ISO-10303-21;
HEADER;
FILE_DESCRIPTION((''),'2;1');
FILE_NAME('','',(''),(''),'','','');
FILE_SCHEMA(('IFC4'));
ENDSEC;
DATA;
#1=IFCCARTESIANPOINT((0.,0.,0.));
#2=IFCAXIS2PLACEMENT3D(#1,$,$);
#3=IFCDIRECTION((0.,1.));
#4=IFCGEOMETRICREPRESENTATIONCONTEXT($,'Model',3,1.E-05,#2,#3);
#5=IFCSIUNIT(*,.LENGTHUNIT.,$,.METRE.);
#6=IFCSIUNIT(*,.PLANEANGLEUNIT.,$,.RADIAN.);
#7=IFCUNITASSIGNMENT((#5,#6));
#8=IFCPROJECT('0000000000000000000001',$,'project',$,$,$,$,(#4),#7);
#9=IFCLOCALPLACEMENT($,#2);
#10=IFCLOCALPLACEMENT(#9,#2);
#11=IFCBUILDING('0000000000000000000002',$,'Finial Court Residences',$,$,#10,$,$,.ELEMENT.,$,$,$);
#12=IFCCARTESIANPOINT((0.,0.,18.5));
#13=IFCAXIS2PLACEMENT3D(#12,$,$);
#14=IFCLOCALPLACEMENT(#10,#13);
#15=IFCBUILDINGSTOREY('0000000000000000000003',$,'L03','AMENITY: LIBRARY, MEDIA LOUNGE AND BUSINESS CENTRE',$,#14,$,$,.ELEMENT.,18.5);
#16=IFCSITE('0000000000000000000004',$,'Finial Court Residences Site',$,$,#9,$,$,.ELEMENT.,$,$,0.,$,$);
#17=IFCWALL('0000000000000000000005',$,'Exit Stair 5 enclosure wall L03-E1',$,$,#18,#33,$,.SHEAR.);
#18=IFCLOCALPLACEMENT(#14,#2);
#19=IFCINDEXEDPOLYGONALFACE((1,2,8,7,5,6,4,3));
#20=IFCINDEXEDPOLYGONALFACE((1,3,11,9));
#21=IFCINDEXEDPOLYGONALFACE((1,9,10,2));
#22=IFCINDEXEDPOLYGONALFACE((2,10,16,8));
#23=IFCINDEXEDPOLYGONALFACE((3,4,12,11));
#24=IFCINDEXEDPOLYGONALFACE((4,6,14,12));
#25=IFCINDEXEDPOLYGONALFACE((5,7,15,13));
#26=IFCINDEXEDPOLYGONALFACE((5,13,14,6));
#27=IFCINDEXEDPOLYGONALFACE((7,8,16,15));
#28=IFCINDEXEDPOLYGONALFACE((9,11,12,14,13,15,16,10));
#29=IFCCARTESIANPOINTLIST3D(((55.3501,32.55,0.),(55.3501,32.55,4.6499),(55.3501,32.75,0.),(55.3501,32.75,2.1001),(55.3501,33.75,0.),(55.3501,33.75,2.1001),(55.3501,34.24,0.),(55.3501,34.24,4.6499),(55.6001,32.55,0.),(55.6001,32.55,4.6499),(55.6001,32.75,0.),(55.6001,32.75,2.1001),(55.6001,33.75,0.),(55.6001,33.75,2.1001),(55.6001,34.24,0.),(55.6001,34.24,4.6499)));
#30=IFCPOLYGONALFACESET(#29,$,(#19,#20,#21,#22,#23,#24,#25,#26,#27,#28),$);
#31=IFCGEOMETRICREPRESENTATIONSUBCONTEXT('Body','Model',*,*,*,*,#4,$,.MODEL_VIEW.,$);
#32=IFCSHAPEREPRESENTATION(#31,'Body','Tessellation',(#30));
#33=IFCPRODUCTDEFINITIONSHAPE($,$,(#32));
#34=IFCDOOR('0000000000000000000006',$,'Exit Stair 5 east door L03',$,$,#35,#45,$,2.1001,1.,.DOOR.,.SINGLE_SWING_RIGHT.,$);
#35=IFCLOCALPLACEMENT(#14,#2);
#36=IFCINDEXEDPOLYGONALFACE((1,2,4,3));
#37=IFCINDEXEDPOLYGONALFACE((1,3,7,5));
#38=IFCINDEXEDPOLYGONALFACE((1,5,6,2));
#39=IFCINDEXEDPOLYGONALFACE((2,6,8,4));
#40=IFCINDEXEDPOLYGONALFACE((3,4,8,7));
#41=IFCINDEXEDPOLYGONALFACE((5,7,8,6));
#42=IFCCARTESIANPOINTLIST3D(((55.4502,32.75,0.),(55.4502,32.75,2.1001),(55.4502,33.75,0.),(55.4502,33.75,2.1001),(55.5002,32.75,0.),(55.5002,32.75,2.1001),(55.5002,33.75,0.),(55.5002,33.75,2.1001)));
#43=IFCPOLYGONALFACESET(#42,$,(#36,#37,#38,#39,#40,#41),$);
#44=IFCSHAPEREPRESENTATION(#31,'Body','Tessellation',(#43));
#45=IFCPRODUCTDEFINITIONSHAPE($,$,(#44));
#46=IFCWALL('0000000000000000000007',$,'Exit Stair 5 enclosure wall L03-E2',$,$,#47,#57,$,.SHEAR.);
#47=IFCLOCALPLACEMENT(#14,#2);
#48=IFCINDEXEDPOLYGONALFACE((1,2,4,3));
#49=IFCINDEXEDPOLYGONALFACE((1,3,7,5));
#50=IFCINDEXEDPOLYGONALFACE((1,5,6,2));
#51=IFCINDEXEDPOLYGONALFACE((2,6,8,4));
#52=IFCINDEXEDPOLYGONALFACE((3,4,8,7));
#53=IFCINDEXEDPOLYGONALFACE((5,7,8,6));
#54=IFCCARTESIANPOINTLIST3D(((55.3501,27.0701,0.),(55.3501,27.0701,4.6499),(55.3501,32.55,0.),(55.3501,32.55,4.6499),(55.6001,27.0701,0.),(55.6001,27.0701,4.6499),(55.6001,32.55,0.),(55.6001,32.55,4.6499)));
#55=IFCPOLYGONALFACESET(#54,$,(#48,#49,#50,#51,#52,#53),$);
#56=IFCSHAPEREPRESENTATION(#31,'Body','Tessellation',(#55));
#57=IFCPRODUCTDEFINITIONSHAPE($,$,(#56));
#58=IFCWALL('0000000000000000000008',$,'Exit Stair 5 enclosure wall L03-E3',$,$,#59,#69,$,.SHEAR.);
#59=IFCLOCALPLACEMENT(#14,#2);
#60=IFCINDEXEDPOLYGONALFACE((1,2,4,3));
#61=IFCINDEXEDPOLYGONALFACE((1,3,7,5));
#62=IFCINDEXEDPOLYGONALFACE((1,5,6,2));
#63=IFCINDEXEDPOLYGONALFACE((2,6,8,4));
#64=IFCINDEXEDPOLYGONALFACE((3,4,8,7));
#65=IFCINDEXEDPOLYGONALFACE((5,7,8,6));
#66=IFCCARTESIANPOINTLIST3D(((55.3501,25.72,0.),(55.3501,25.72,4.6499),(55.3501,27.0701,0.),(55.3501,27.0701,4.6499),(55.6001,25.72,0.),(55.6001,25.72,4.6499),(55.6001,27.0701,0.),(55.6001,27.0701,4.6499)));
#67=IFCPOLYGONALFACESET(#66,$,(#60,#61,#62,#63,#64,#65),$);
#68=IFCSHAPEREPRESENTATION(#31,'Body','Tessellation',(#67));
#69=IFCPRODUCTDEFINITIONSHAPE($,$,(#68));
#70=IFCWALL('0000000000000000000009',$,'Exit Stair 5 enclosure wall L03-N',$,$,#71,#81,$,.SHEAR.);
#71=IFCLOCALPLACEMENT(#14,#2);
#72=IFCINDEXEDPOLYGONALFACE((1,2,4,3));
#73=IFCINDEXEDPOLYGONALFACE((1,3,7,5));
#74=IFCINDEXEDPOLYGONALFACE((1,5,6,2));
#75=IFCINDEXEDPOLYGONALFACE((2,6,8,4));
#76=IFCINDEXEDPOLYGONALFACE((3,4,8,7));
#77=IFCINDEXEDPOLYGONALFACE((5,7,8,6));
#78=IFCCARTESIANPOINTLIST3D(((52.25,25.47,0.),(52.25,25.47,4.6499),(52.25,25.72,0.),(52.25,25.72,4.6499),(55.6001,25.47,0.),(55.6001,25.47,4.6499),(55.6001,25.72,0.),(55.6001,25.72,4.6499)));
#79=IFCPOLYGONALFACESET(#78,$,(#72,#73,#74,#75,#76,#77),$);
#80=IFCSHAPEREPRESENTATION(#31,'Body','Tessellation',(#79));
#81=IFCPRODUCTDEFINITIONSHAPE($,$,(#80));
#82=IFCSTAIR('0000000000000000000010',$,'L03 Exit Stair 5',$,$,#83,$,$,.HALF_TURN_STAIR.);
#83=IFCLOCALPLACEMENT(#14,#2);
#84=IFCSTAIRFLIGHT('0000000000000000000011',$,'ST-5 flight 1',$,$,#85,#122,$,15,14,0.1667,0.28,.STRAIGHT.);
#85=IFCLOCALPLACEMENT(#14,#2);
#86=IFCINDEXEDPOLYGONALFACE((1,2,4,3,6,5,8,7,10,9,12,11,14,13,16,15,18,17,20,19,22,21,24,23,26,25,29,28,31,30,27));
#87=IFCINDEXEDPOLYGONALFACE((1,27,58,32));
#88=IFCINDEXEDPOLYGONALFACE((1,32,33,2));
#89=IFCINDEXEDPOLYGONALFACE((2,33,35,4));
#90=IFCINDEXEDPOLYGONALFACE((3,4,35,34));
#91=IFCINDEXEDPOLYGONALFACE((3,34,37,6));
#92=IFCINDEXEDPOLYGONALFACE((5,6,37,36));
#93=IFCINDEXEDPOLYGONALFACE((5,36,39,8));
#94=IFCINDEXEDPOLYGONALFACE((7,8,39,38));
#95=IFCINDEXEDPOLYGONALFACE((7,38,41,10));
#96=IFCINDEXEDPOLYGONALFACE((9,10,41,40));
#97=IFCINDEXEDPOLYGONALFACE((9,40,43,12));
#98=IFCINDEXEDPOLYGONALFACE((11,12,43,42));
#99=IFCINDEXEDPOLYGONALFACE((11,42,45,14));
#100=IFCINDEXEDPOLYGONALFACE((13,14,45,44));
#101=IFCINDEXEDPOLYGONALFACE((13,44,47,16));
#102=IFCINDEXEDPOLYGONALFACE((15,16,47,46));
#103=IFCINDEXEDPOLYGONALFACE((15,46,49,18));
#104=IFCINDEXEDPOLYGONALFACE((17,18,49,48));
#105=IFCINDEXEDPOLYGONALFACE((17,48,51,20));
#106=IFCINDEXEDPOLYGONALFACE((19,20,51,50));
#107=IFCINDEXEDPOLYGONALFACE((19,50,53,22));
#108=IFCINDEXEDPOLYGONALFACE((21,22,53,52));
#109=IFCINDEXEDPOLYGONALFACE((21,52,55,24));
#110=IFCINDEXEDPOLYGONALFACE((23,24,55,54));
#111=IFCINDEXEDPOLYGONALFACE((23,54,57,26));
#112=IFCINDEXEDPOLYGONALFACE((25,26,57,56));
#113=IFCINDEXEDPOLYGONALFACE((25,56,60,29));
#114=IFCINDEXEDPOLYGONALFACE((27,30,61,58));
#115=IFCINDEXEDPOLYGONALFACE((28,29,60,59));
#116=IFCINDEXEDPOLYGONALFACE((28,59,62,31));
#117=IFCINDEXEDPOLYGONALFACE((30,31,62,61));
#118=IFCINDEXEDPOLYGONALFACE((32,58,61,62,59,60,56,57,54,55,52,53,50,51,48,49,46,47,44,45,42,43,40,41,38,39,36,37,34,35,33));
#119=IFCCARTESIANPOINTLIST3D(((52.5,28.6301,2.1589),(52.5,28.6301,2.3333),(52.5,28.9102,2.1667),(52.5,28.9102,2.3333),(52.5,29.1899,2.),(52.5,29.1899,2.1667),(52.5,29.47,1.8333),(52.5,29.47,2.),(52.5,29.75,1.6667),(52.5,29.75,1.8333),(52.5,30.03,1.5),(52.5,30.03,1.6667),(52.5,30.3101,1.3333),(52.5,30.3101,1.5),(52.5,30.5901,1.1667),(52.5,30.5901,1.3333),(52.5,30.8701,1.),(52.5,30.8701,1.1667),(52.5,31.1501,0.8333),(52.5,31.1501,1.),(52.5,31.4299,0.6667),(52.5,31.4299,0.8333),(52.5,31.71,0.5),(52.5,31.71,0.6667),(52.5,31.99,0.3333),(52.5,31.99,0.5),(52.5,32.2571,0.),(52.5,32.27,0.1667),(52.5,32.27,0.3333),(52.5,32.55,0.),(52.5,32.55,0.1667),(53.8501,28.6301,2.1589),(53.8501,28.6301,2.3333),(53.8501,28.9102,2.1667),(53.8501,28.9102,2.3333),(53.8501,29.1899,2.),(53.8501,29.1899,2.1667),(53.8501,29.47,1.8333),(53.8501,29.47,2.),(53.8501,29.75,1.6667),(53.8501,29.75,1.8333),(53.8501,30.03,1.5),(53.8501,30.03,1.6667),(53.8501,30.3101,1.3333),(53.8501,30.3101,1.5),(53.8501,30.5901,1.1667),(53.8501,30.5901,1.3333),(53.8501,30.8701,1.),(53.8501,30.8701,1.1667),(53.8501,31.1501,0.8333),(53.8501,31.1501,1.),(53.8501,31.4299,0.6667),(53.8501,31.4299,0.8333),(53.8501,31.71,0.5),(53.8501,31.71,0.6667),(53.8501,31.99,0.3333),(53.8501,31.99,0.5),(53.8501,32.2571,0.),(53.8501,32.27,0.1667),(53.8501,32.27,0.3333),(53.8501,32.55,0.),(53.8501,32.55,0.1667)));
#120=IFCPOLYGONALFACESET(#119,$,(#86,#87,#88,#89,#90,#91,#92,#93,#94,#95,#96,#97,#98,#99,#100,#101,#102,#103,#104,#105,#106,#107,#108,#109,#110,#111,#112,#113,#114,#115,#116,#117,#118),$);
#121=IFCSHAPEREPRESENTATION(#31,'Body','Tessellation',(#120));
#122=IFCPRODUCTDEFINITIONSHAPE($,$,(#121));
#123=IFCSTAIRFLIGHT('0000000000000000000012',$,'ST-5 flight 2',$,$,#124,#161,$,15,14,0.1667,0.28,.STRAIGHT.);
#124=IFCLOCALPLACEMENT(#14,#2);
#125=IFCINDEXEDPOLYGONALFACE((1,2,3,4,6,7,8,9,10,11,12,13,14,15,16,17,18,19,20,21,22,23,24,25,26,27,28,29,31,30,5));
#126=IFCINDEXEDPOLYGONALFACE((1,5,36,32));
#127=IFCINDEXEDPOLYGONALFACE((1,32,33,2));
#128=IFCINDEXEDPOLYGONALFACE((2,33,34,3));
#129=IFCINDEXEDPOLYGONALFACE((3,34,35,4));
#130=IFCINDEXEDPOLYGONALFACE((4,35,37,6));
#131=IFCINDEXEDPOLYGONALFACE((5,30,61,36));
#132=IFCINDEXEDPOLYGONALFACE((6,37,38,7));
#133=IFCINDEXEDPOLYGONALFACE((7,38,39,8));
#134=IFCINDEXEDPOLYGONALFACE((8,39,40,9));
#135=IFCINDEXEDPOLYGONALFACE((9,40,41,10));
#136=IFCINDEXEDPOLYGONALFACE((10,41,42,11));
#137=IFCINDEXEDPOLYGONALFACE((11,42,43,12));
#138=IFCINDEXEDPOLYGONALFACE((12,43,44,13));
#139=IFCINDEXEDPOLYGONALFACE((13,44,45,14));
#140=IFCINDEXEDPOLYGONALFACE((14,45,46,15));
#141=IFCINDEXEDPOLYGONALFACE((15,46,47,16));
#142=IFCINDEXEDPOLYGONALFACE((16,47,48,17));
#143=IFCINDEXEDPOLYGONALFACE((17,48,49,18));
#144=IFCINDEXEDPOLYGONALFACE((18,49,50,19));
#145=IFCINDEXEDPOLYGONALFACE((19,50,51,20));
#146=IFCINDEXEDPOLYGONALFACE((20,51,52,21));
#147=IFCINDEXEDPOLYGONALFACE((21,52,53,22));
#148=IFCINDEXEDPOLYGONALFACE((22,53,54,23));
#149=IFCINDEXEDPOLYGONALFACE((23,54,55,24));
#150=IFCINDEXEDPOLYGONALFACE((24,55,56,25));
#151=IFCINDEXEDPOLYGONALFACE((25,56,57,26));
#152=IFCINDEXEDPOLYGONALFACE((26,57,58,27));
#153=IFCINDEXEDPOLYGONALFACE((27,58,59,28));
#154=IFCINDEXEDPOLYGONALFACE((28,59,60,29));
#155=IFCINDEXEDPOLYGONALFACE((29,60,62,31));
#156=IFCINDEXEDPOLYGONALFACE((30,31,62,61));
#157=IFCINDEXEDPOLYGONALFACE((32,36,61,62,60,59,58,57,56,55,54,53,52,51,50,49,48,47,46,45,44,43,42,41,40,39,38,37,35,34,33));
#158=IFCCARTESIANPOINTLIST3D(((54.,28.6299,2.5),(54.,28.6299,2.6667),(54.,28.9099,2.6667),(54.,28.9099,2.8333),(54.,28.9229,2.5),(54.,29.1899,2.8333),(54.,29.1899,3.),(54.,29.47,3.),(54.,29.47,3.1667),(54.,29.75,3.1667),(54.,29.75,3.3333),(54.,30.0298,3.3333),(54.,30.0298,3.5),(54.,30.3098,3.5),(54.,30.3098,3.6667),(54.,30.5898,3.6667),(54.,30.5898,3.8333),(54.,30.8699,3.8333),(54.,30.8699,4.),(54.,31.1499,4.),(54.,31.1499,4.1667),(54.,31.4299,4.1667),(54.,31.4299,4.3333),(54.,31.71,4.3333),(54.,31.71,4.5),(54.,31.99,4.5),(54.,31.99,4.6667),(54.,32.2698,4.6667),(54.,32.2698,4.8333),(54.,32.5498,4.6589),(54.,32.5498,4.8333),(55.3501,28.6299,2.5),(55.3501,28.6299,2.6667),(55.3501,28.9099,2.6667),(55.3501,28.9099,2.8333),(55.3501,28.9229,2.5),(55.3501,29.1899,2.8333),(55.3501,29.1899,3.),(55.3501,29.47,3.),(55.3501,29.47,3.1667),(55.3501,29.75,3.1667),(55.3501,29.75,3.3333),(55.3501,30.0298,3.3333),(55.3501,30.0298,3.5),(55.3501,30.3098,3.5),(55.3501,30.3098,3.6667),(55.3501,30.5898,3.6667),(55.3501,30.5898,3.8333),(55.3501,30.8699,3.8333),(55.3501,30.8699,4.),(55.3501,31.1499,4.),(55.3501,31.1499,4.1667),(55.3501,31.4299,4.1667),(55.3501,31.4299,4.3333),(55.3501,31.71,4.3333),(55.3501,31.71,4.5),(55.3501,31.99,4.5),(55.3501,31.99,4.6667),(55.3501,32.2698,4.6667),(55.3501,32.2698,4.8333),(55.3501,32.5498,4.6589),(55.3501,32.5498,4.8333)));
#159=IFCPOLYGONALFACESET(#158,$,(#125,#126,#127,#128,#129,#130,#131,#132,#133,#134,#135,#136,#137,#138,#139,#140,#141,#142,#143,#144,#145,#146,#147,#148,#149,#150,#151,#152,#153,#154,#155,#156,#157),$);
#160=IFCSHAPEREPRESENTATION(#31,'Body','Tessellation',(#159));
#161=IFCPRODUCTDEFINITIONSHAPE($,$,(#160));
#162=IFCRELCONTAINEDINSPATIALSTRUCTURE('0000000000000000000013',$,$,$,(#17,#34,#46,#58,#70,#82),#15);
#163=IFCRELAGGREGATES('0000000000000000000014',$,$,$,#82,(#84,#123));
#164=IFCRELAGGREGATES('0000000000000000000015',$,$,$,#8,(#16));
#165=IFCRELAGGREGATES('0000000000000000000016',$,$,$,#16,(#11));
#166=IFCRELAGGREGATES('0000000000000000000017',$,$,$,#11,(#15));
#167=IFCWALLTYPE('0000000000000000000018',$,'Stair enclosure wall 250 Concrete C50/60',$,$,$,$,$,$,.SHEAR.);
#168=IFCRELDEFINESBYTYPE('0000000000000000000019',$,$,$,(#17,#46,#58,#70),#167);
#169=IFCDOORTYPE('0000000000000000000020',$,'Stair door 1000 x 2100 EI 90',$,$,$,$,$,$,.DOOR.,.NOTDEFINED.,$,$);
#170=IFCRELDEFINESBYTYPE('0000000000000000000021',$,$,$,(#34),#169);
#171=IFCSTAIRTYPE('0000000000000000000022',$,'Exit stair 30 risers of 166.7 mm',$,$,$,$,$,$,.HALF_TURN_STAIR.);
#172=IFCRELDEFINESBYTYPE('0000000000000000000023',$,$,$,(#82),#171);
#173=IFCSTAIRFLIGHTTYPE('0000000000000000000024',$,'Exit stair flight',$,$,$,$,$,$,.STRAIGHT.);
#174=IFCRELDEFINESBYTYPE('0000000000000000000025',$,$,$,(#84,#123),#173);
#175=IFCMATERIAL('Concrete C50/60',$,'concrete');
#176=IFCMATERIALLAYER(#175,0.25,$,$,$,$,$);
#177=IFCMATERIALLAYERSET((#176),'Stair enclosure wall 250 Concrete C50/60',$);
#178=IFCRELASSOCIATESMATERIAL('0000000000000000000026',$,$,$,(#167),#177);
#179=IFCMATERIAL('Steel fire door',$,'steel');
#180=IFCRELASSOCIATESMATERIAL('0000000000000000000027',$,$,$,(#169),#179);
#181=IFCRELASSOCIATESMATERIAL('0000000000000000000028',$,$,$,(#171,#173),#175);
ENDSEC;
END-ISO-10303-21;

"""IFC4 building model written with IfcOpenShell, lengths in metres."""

from ifc_helpers import new_model, si_unit, direction, frame, frame_2d, origin, place, context, subcontext, project, spatial, polyline, rectangle, outline, extrude, material, layer, layer_set, type_object, element, fill, aggregate, save


model = new_model("IFC4")

# Units and contexts
model_context = context("Model", 3, precision=1e-05, world=origin(), true_north=direction((0.0, 1.0)))
body_context = subcontext(model_context, "Body", "Model", "MODEL_VIEW")
ifc_project = project(units=[si_unit("LENGTHUNIT", "METRE"), si_unit("PLANEANGLEUNIT", "RADIAN")], contexts=[model_context])

# Site, building, storey
site_placement = place(None, origin())
site = spatial("IfcSite", under=ifc_project, at=site_placement, Name="Finial Court Residences Site", CompositionType="ELEMENT", RefElevation=0.0)
building_placement = place(site_placement, origin())
building = spatial("IfcBuilding", under=site, at=building_placement, Name="Finial Court Residences", CompositionType="ELEMENT")
storey_placement = place(building_placement, frame((0.0, 0.0, 18.5)))
storey = spatial("IfcBuildingStorey", under=building, at=storey_placement, Name="L03", Description="AMENITY: LIBRARY, MEDIA LOUNGE AND BUSINESS CENTRE", CompositionType="ELEMENT", Elevation=18.5)

# Shared definitions
ifc_material_1 = material(Name="Concrete C50/60", Category="concrete")

# Shared definitions
ifc_layer_1 = layer(ifc_material_1, 0.25)
ifc_layer_set_1 = layer_set([ifc_layer_1], Name="Stair enclosure wall 250 Concrete C50/60")
wall_type_1 = type_object("IfcWallType", Name="Stair enclosure wall 250 Concrete C50/60", PredefinedType="SHEAR", material=ifc_layer_set_1)
ifc_material_2 = material(Name="Steel fire door", Category="steel")
door_type_1 = type_object("IfcDoorType", Name="Stair door 1000 x 2100 EI 90", OperationType="NOTDEFINED", PredefinedType="DOOR", material=ifc_material_2)

# Wall, opening, door
wall_1_placement = place(storey_placement, frame((55.4751, 32.55, 0.0), z_axis=(0.0, 0.0, 1.0), x_axis=(0.0, 1.0, 0.0)))
wall_1 = element("IfcWall", 1, at=wall_1_placement, inside=storey, type_object=wall_type_1, Name="Exit Stair 5 enclosure wall L03-E1", PredefinedType="SHEAR", context=body_context, shape_type="SweptSolid", body=[
    extrude(rectangle(XDim=1.6899, YDim=0.25, at=frame_2d((0.845, 0.0))), origin(), (0.0, 0.0, 1.0), 4.6499),
])
opening_1_placement = place(wall_1_placement, frame((0.2, 0.0, 0.0)))
opening_1 = element("IfcOpeningElement", 2, at=opening_1_placement, cuts=wall_1, PredefinedType="OPENING", context=body_context, shape_type="SweptSolid", body=[
    extrude(rectangle(XDim=1.0, YDim=2.1001, at=frame_2d((0.5, 1.05))), frame((0.0, 0.135, 0.0), z_axis=(0.0, -1.0, 0.0), x_axis=(1.0, 0.0, 0.0)), (0.0, 0.0, 1.0), 0.27),
])
door_1_placement = place(opening_1_placement, origin())
door_1 = element("IfcDoor", 3, at=door_1_placement, inside=storey, type_object=door_type_1, Name="Exit Stair 5 east door L03", OperationType="SINGLE_SWING_RIGHT", OverallHeight=2.1001, OverallWidth=1.0, PredefinedType="DOOR", context=body_context, shape_type="SweptSolid", body=[
    extrude(rectangle(XDim=1.0, YDim=2.1001, at=frame_2d((0.5, 1.05))), frame((0.0, 0.0249, 0.0), z_axis=(0.0, -1.0, 0.0), x_axis=(1.0, 0.0, 0.0)), (0.0, 0.0, 1.0), 0.05),
])
fill(opening_1, door_1)

# Walls
wall_2_placement = place(storey_placement, frame((55.4751, 27.0701, 0.0), z_axis=(0.0, 0.0, 1.0), x_axis=(0.0, 1.0, 0.0)))
element("IfcWall", 4, at=wall_2_placement, inside=storey, type_object=wall_type_1, Name="Exit Stair 5 enclosure wall L03-E2", PredefinedType="SHEAR", context=body_context, shape_type="SweptSolid", body=[
    extrude(rectangle(XDim=5.48, YDim=0.25, at=frame_2d((2.74, 0.0))), origin(), (0.0, 0.0, 1.0), 4.6499),
])
wall_3_placement = place(storey_placement, frame((55.4751, 25.72, 0.0), z_axis=(0.0, 0.0, 1.0), x_axis=(0.0, 1.0, 0.0)))
element("IfcWall", 5, at=wall_3_placement, inside=storey, type_object=wall_type_1, Name="Exit Stair 5 enclosure wall L03-E3", PredefinedType="SHEAR", context=body_context, shape_type="SweptSolid", body=[
    extrude(rectangle(XDim=1.3501, YDim=0.25, at=frame_2d((0.675, 0.0))), origin(), (0.0, 0.0, 1.0), 4.6499),
])
wall_4_placement = place(storey_placement, frame((52.25, 25.595, 0.0), z_axis=(0.0, 0.0, 1.0), x_axis=(1.0, 0.0, 0.0)))
element("IfcWall", 6, at=wall_4_placement, inside=storey, type_object=wall_type_1, Name="Exit Stair 5 enclosure wall L03-N", PredefinedType="SHEAR", context=body_context, shape_type="SweptSolid", body=[
    extrude(rectangle(XDim=3.3501, YDim=0.25, at=frame_2d((1.675, 0.0))), origin(), (0.0, 0.0, 1.0), 4.6499),
])

# Stair, stair flights
stair_type = type_object("IfcStairType", Name="Exit stair 30 risers of 166.7 mm", PredefinedType="HALF_TURN_STAIR", material=ifc_material_1)
stair_placement = place(storey_placement, origin())
stair = element("IfcStair", 7, at=stair_placement, inside=storey, type_object=stair_type, Name="L03 Exit Stair 5", PredefinedType="HALF_TURN_STAIR")
stair_flight_type = type_object("IfcStairFlightType", Name="Exit stair flight", PredefinedType="STRAIGHT", material=ifc_material_1)
stair_flight_1_placement = place(storey_placement, frame((53.175, 32.55, 0.0), z_axis=(0.0, 0.0, 1.0), x_axis=(0.0, -1.0, 0.0)))
stair_flight_1 = element("IfcStairFlight", 8, at=stair_flight_1_placement, type_object=stair_flight_type, Name="ST-5 flight 1", NumberOfRisers=15, NumberOfTreads=14, PredefinedType="STRAIGHT", RiserHeight=0.1667, TreadLength=0.28, context=body_context, shape_type="SweptSolid", body=[
    extrude(outline(polyline([(0.0, 0.0), (0.0, 0.1667), (0.28, 0.1667), (0.28, 0.3333), (0.5601, 0.3333), (0.5601, 0.5), (0.8401, 0.5), (0.8401, 0.6667), (1.1201, 0.6667), (1.1201, 0.8333), (1.3999, 0.8333), (1.3999, 1.0), (1.6799, 1.0), (1.6799, 1.1667), (1.96, 1.1667), (1.96, 1.3333), (2.24, 1.3333), (2.24, 1.5), (2.52, 1.5), (2.52, 1.6667), (2.8, 1.6667), (2.8, 1.8333), (3.0801, 1.8333), (3.0801, 2.0), (3.3601, 2.0), (3.3601, 2.1667), (3.6399, 2.1667), (3.6399, 2.3333), (3.9199, 2.3333), (3.9199, 2.5), (3.9199, 2.1589), (0.293, 0.0), (0.0, 0.0)])), frame((0.0, 0.675, 0.0), z_axis=(0.0, -1.0, 0.0), x_axis=(1.0, 0.0, 0.0)), (0.0, 0.0, 1.0), 1.3501),
])
stair_flight_2_placement = place(storey_placement, frame((54.675, 28.6299, 2.5), z_axis=(0.0, 0.0, 1.0), x_axis=(0.0, 1.0, 0.0)))
stair_flight_2 = element("IfcStairFlight", 9, at=stair_flight_2_placement, type_object=stair_flight_type, Name="ST-5 flight 2", NumberOfRisers=15, NumberOfTreads=14, PredefinedType="STRAIGHT", RiserHeight=0.1667, TreadLength=0.28, context=body_context, shape_type="SweptSolid", body=[
    extrude(outline(polyline([(0.0, 0.0), (0.0, 0.1667), (0.28, 0.1667), (0.28, 0.3333), (0.5601, 0.3333), (0.5601, 0.5), (0.8401, 0.5), (0.8401, 0.6667), (1.1201, 0.6667), (1.1201, 0.8333), (1.3999, 0.8333), (1.3999, 1.0), (1.6799, 1.0), (1.6799, 1.1667), (1.96, 1.1667), (1.96, 1.3333), (2.24, 1.3333), (2.24, 1.5), (2.52, 1.5), (2.52, 1.6667), (2.8, 1.6667), (2.8, 1.8333), (3.0801, 1.8333), (3.0801, 2.0), (3.3601, 2.0), (3.3601, 2.1667), (3.6399, 2.1667), (3.6399, 2.3333), (3.9199, 2.3333), (3.9199, 2.5), (3.9199, 2.1589), (0.293, 0.0), (0.0, 0.0)])), frame((0.0, 0.675, 0.0), z_axis=(0.0, -1.0, 0.0), x_axis=(1.0, 0.0, 0.0)), (0.0, 0.0, 1.0), 1.3501),
])
aggregate(stair, [stair_flight_1, stair_flight_2])

save(model, "model.ifc")
